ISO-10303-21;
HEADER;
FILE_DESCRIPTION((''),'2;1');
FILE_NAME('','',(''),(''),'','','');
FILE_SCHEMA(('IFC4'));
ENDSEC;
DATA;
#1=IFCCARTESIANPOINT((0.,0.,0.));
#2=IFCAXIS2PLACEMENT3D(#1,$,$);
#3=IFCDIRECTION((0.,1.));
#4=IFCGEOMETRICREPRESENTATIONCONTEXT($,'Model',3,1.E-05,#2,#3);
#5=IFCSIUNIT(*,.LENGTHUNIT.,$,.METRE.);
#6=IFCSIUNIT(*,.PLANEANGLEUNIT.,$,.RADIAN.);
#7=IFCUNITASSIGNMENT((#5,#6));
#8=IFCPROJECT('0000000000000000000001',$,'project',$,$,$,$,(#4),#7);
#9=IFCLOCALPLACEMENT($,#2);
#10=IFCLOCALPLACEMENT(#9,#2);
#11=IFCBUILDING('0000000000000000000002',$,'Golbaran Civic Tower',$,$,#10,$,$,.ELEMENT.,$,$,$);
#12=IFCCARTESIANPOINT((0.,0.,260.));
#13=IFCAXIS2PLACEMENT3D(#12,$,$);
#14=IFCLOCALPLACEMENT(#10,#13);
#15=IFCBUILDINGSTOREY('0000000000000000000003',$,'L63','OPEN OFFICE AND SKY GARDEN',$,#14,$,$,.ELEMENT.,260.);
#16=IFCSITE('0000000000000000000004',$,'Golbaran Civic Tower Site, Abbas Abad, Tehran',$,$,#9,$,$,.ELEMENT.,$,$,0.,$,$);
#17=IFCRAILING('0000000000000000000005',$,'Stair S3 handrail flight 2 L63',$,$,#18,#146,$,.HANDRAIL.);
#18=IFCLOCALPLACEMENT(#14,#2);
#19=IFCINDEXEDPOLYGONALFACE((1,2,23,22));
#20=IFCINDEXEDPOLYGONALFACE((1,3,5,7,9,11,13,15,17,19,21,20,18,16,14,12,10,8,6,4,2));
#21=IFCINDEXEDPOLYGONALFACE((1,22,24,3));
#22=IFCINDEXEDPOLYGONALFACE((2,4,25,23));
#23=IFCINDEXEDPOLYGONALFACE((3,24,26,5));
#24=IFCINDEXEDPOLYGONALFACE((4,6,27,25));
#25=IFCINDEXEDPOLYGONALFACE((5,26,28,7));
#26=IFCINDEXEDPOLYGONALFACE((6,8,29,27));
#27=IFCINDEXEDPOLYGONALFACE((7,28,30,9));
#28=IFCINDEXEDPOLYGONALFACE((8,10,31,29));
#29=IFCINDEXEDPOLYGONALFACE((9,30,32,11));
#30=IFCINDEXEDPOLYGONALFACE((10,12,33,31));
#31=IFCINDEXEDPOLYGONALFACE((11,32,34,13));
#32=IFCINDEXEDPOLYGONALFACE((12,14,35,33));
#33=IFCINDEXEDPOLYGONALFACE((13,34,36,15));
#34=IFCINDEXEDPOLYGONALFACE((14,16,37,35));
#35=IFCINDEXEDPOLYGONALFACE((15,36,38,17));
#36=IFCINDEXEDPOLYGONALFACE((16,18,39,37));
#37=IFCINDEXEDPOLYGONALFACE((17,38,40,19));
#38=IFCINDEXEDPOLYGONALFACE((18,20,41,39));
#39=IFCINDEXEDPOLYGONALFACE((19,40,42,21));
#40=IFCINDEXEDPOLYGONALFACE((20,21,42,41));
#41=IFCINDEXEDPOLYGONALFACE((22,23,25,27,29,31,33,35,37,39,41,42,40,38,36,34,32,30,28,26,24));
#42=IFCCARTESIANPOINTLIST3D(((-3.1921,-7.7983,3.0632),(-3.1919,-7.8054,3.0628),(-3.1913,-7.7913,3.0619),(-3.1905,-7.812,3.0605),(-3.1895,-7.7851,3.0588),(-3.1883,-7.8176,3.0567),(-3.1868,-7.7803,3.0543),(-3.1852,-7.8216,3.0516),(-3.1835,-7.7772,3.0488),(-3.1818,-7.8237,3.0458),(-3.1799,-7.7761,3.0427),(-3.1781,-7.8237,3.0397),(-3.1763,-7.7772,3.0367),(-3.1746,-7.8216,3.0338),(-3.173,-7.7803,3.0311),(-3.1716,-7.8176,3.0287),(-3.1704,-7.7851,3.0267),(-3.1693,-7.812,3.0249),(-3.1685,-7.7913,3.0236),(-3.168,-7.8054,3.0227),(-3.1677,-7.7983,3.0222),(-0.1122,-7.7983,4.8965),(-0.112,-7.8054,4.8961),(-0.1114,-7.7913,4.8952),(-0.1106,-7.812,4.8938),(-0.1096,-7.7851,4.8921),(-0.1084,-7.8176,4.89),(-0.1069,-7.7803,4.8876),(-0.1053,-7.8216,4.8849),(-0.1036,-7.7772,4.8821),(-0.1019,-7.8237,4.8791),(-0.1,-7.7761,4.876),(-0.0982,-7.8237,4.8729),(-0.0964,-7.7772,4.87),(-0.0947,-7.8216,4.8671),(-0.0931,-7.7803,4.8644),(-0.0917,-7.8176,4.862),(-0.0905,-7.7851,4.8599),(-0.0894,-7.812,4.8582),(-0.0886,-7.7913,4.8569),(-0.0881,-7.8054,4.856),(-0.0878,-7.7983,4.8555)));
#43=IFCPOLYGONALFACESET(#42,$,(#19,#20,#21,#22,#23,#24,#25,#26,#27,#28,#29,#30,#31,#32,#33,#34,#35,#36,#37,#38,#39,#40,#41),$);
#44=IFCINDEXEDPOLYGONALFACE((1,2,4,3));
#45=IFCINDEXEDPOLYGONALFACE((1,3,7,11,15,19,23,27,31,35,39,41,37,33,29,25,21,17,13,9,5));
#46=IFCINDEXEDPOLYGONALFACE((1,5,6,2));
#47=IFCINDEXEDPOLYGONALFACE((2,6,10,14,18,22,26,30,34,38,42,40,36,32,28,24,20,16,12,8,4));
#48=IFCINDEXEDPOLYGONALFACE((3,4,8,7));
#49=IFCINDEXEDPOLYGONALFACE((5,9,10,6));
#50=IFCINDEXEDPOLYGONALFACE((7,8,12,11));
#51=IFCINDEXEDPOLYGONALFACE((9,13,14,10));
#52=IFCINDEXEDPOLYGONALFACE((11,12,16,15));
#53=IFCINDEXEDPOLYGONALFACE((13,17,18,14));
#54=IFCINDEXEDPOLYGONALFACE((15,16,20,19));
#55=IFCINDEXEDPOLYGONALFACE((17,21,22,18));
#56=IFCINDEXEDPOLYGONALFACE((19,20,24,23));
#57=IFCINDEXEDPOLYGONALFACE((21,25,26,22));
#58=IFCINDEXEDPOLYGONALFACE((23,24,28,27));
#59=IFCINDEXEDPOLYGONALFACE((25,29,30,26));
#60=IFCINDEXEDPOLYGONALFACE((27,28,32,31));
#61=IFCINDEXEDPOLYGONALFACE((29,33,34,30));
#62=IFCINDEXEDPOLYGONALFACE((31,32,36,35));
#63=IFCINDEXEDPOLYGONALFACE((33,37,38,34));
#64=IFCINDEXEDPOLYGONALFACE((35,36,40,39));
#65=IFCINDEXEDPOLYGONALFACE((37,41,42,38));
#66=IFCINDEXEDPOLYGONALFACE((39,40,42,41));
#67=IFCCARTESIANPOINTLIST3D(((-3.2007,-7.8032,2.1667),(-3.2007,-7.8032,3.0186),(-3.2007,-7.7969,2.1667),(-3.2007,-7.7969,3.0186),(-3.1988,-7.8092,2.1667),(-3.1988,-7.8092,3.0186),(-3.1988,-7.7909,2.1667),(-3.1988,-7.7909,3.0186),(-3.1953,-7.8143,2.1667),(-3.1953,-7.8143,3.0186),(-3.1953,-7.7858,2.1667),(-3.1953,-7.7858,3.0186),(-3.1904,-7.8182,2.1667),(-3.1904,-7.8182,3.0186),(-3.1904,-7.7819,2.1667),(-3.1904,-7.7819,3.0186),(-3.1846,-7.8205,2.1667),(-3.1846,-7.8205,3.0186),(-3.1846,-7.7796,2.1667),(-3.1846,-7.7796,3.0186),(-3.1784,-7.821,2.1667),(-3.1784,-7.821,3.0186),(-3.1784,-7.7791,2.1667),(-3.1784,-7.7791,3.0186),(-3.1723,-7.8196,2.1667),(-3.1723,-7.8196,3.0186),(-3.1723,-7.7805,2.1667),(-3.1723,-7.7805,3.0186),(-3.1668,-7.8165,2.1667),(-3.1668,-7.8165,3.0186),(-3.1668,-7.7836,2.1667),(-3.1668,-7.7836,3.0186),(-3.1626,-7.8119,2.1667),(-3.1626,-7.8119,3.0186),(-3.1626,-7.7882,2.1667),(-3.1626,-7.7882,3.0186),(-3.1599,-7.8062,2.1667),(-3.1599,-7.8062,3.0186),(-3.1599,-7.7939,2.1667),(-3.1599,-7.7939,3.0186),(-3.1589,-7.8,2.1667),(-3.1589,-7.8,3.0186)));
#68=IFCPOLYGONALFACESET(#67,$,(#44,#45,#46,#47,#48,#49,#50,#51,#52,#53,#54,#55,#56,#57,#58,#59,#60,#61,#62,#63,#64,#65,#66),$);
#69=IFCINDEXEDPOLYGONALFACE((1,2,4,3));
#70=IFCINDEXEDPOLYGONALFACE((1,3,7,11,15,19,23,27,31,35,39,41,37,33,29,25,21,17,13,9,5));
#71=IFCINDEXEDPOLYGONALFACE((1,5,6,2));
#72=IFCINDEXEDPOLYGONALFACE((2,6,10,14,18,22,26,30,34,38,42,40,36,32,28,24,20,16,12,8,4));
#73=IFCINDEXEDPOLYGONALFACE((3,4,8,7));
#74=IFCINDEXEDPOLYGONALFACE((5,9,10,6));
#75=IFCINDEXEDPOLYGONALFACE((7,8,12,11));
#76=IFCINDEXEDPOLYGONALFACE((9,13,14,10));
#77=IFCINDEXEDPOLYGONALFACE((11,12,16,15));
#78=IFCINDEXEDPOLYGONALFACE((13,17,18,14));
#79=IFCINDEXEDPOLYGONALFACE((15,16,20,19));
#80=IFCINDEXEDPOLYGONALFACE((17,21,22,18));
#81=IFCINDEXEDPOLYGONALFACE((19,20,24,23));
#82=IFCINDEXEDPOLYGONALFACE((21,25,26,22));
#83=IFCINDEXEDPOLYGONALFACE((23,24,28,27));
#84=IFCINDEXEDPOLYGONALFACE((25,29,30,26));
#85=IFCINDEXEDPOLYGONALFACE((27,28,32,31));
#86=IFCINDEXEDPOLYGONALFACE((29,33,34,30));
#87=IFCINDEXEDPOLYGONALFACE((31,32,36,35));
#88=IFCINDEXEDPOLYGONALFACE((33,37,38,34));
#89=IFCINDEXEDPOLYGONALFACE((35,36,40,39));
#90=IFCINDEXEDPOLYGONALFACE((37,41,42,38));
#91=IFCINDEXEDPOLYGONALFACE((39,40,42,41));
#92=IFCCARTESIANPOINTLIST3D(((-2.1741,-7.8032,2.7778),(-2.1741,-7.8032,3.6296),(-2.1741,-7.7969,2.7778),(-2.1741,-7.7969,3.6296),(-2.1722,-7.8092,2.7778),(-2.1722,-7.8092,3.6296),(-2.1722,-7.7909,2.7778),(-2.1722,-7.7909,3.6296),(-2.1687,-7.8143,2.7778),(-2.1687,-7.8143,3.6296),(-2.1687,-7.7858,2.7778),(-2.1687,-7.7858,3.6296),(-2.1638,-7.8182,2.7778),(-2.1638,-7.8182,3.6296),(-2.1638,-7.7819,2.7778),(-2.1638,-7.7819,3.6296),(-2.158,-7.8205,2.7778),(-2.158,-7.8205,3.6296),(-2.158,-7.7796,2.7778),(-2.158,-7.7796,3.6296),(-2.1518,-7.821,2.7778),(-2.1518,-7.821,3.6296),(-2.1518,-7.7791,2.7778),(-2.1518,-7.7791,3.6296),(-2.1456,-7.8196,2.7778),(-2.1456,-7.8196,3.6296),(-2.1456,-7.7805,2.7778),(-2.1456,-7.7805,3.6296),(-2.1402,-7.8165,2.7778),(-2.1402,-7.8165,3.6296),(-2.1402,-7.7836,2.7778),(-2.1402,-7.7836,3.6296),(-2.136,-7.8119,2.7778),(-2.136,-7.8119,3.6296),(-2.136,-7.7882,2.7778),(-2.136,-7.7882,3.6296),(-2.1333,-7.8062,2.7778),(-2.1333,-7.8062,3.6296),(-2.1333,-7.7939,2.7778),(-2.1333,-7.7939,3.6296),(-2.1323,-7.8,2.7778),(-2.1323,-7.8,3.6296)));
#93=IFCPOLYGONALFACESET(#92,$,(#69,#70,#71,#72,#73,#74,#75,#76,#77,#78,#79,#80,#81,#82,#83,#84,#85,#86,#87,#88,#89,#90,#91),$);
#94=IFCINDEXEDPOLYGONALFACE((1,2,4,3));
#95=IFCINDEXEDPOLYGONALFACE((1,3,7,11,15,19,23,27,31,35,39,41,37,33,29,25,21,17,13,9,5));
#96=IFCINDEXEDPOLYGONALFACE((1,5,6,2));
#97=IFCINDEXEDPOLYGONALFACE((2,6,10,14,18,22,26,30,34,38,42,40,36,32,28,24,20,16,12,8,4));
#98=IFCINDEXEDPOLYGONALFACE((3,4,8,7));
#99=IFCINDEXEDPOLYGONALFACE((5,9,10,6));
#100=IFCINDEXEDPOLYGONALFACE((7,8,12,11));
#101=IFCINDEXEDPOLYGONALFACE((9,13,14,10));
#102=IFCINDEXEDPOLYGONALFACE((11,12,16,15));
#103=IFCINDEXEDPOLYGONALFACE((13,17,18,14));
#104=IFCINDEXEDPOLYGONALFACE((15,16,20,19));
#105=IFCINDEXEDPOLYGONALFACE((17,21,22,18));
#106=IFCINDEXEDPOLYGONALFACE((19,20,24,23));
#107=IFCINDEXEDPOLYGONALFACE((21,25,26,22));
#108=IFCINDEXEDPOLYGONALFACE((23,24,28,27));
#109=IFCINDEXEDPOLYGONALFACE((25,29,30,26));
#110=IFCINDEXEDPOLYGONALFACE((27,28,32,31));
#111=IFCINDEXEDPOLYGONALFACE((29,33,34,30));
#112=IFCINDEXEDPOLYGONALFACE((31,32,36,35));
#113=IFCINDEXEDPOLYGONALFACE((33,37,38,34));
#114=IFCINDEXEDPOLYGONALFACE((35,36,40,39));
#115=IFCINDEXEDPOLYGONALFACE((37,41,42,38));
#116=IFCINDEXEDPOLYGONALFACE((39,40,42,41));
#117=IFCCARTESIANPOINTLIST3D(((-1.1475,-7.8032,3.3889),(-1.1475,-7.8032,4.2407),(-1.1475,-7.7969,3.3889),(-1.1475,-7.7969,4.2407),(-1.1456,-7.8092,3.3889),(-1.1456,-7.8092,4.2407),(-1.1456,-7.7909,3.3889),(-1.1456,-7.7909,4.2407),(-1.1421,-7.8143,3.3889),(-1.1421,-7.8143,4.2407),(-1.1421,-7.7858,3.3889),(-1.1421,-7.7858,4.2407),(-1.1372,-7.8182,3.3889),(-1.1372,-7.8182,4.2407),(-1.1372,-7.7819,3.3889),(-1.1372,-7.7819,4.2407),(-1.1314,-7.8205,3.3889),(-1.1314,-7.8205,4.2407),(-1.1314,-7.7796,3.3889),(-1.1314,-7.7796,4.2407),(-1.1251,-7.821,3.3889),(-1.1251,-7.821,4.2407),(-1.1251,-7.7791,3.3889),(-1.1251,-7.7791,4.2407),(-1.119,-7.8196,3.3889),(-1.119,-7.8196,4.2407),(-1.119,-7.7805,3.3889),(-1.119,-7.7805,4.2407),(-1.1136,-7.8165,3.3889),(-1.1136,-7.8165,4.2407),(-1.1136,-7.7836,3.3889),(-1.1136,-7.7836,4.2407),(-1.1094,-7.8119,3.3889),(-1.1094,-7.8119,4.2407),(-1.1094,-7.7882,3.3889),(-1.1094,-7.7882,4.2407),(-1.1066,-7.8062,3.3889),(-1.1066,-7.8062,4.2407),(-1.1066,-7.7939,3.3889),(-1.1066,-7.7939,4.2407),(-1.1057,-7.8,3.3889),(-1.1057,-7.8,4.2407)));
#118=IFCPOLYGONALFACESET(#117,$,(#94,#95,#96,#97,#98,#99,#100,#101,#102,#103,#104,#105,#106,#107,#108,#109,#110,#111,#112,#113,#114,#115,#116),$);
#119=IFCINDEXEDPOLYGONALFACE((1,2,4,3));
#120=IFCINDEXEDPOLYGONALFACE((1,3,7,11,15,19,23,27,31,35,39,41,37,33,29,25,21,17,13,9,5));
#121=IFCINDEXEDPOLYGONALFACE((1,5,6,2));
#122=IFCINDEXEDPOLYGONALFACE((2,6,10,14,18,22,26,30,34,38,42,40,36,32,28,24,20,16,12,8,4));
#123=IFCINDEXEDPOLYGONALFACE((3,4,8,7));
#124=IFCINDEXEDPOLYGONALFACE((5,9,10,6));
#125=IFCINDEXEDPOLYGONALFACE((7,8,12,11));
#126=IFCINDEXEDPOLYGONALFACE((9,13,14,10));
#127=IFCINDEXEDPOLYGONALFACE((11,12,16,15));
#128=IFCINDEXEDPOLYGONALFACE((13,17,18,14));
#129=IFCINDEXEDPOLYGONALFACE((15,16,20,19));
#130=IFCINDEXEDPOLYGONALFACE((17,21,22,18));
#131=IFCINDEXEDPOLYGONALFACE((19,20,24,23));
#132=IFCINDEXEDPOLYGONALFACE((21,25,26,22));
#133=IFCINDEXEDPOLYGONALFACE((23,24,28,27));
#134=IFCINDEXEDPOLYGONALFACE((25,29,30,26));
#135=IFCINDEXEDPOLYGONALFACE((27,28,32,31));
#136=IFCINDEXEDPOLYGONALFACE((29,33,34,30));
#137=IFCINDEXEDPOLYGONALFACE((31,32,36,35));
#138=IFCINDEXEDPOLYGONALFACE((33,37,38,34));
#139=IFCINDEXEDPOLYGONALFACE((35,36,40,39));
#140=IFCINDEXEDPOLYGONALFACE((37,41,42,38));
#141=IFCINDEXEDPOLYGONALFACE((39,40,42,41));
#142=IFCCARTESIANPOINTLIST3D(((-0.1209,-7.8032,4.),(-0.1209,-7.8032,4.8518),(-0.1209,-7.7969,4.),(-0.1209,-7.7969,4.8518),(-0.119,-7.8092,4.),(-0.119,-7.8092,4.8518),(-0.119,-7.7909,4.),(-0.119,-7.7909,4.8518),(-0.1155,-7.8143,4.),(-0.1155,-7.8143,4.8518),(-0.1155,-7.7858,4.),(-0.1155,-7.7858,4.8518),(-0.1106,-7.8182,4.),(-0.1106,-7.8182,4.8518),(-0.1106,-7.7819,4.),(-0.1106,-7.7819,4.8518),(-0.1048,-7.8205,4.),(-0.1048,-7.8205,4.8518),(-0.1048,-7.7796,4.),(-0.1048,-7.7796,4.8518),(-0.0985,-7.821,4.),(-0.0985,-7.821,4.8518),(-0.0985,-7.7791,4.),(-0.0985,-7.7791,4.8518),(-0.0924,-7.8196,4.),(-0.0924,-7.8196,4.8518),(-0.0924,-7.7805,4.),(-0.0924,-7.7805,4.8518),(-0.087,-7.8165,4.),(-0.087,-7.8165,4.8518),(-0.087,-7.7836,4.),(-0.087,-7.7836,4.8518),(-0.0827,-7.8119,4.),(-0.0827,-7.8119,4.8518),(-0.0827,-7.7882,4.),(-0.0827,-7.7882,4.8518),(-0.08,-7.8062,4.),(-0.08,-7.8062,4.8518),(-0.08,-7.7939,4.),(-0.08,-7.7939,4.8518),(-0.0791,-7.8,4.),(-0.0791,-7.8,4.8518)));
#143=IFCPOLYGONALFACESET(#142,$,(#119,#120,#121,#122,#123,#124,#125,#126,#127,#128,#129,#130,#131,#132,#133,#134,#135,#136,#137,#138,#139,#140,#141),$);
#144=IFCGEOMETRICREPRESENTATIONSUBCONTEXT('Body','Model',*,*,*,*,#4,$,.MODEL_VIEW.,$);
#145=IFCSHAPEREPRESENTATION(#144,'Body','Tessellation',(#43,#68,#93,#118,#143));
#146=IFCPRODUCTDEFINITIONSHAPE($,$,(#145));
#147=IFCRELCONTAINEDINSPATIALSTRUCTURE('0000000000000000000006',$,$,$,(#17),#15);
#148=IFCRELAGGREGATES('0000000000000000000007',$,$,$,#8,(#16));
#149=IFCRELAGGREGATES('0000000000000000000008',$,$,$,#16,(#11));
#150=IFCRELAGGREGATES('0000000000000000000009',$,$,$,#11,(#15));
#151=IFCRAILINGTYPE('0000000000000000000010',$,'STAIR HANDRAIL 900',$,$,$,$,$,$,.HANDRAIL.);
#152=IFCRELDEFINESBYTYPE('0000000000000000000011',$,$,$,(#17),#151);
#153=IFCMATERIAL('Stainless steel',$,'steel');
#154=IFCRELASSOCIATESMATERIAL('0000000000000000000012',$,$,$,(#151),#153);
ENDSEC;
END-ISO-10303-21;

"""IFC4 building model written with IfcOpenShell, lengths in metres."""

from ifc_helpers import new_model, si_unit, direction, frame, origin, origin_2d, place, context, subcontext, project, spatial, circle, extrude, material, type_object, element, save


model = new_model("IFC4")

# Units and contexts
model_context = context("Model", 3, precision=1e-05, world=origin(), true_north=direction((0.0, 1.0)))
body_context = subcontext(model_context, "Body", "Model", "MODEL_VIEW")
ifc_project = project(units=[si_unit("LENGTHUNIT", "METRE"), si_unit("PLANEANGLEUNIT", "RADIAN")], contexts=[model_context])

# Site, building, storey
site_placement = place(None, origin())
site = spatial("IfcSite", under=ifc_project, at=site_placement, Name="Golbaran Civic Tower Site, Abbas Abad, Tehran", CompositionType="ELEMENT", RefElevation=0.0)
building_placement = place(site_placement, origin())
building = spatial("IfcBuilding", under=site, at=building_placement, Name="Golbaran Civic Tower", CompositionType="ELEMENT")
storey_placement = place(building_placement, frame((0.0, 0.0, 260.0)))
storey = spatial("IfcBuildingStorey", under=building, at=storey_placement, Name="L63", Description="OPEN OFFICE AND SKY GARDEN", CompositionType="ELEMENT", Elevation=260.0)

# Shared definitions
ifc_material_1 = material(Name="Stainless steel", Category="steel")

# Railing
railing_type = type_object("IfcRailingType", Name="STAIR HANDRAIL 900", PredefinedType="HANDRAIL", material=ifc_material_1)
railing_placement = place(storey_placement, frame((-3.1799, -7.8, 2.1667)))
element("IfcRailing", 1, at=railing_placement, inside=storey, type_object=railing_type, Name="Stair S3 handrail flight 2 L63", PredefinedType="HANDRAIL", context=body_context, shape_type="SweptSolid", body=[
    extrude(circle(Radius=0.0239, at=origin_2d()), frame((0.0, 0.0, 0.876), z_axis=(0.859291, 0.0, 0.511487), x_axis=(0.0, 1.0, 0.0)), (0.0, 0.0, 1.0), 3.5842),
    extrude(circle(Radius=0.021, at=origin_2d()), origin(), (0.0, 0.0, 1.0), 0.8518),
    extrude(circle(Radius=0.021, at=origin_2d()), frame((1.0266, 0.0, 0.6111)), (0.0, 0.0, 1.0), 0.8518),
    extrude(circle(Radius=0.021, at=origin_2d()), frame((2.0532, 0.0, 1.2222)), (0.0, 0.0, 1.0), 0.8518),
    extrude(circle(Radius=0.021, at=origin_2d()), frame((3.0798, 0.0, 1.8333)), (0.0, 0.0, 1.0), 0.8518),
])

save(model, "model.ifc")
